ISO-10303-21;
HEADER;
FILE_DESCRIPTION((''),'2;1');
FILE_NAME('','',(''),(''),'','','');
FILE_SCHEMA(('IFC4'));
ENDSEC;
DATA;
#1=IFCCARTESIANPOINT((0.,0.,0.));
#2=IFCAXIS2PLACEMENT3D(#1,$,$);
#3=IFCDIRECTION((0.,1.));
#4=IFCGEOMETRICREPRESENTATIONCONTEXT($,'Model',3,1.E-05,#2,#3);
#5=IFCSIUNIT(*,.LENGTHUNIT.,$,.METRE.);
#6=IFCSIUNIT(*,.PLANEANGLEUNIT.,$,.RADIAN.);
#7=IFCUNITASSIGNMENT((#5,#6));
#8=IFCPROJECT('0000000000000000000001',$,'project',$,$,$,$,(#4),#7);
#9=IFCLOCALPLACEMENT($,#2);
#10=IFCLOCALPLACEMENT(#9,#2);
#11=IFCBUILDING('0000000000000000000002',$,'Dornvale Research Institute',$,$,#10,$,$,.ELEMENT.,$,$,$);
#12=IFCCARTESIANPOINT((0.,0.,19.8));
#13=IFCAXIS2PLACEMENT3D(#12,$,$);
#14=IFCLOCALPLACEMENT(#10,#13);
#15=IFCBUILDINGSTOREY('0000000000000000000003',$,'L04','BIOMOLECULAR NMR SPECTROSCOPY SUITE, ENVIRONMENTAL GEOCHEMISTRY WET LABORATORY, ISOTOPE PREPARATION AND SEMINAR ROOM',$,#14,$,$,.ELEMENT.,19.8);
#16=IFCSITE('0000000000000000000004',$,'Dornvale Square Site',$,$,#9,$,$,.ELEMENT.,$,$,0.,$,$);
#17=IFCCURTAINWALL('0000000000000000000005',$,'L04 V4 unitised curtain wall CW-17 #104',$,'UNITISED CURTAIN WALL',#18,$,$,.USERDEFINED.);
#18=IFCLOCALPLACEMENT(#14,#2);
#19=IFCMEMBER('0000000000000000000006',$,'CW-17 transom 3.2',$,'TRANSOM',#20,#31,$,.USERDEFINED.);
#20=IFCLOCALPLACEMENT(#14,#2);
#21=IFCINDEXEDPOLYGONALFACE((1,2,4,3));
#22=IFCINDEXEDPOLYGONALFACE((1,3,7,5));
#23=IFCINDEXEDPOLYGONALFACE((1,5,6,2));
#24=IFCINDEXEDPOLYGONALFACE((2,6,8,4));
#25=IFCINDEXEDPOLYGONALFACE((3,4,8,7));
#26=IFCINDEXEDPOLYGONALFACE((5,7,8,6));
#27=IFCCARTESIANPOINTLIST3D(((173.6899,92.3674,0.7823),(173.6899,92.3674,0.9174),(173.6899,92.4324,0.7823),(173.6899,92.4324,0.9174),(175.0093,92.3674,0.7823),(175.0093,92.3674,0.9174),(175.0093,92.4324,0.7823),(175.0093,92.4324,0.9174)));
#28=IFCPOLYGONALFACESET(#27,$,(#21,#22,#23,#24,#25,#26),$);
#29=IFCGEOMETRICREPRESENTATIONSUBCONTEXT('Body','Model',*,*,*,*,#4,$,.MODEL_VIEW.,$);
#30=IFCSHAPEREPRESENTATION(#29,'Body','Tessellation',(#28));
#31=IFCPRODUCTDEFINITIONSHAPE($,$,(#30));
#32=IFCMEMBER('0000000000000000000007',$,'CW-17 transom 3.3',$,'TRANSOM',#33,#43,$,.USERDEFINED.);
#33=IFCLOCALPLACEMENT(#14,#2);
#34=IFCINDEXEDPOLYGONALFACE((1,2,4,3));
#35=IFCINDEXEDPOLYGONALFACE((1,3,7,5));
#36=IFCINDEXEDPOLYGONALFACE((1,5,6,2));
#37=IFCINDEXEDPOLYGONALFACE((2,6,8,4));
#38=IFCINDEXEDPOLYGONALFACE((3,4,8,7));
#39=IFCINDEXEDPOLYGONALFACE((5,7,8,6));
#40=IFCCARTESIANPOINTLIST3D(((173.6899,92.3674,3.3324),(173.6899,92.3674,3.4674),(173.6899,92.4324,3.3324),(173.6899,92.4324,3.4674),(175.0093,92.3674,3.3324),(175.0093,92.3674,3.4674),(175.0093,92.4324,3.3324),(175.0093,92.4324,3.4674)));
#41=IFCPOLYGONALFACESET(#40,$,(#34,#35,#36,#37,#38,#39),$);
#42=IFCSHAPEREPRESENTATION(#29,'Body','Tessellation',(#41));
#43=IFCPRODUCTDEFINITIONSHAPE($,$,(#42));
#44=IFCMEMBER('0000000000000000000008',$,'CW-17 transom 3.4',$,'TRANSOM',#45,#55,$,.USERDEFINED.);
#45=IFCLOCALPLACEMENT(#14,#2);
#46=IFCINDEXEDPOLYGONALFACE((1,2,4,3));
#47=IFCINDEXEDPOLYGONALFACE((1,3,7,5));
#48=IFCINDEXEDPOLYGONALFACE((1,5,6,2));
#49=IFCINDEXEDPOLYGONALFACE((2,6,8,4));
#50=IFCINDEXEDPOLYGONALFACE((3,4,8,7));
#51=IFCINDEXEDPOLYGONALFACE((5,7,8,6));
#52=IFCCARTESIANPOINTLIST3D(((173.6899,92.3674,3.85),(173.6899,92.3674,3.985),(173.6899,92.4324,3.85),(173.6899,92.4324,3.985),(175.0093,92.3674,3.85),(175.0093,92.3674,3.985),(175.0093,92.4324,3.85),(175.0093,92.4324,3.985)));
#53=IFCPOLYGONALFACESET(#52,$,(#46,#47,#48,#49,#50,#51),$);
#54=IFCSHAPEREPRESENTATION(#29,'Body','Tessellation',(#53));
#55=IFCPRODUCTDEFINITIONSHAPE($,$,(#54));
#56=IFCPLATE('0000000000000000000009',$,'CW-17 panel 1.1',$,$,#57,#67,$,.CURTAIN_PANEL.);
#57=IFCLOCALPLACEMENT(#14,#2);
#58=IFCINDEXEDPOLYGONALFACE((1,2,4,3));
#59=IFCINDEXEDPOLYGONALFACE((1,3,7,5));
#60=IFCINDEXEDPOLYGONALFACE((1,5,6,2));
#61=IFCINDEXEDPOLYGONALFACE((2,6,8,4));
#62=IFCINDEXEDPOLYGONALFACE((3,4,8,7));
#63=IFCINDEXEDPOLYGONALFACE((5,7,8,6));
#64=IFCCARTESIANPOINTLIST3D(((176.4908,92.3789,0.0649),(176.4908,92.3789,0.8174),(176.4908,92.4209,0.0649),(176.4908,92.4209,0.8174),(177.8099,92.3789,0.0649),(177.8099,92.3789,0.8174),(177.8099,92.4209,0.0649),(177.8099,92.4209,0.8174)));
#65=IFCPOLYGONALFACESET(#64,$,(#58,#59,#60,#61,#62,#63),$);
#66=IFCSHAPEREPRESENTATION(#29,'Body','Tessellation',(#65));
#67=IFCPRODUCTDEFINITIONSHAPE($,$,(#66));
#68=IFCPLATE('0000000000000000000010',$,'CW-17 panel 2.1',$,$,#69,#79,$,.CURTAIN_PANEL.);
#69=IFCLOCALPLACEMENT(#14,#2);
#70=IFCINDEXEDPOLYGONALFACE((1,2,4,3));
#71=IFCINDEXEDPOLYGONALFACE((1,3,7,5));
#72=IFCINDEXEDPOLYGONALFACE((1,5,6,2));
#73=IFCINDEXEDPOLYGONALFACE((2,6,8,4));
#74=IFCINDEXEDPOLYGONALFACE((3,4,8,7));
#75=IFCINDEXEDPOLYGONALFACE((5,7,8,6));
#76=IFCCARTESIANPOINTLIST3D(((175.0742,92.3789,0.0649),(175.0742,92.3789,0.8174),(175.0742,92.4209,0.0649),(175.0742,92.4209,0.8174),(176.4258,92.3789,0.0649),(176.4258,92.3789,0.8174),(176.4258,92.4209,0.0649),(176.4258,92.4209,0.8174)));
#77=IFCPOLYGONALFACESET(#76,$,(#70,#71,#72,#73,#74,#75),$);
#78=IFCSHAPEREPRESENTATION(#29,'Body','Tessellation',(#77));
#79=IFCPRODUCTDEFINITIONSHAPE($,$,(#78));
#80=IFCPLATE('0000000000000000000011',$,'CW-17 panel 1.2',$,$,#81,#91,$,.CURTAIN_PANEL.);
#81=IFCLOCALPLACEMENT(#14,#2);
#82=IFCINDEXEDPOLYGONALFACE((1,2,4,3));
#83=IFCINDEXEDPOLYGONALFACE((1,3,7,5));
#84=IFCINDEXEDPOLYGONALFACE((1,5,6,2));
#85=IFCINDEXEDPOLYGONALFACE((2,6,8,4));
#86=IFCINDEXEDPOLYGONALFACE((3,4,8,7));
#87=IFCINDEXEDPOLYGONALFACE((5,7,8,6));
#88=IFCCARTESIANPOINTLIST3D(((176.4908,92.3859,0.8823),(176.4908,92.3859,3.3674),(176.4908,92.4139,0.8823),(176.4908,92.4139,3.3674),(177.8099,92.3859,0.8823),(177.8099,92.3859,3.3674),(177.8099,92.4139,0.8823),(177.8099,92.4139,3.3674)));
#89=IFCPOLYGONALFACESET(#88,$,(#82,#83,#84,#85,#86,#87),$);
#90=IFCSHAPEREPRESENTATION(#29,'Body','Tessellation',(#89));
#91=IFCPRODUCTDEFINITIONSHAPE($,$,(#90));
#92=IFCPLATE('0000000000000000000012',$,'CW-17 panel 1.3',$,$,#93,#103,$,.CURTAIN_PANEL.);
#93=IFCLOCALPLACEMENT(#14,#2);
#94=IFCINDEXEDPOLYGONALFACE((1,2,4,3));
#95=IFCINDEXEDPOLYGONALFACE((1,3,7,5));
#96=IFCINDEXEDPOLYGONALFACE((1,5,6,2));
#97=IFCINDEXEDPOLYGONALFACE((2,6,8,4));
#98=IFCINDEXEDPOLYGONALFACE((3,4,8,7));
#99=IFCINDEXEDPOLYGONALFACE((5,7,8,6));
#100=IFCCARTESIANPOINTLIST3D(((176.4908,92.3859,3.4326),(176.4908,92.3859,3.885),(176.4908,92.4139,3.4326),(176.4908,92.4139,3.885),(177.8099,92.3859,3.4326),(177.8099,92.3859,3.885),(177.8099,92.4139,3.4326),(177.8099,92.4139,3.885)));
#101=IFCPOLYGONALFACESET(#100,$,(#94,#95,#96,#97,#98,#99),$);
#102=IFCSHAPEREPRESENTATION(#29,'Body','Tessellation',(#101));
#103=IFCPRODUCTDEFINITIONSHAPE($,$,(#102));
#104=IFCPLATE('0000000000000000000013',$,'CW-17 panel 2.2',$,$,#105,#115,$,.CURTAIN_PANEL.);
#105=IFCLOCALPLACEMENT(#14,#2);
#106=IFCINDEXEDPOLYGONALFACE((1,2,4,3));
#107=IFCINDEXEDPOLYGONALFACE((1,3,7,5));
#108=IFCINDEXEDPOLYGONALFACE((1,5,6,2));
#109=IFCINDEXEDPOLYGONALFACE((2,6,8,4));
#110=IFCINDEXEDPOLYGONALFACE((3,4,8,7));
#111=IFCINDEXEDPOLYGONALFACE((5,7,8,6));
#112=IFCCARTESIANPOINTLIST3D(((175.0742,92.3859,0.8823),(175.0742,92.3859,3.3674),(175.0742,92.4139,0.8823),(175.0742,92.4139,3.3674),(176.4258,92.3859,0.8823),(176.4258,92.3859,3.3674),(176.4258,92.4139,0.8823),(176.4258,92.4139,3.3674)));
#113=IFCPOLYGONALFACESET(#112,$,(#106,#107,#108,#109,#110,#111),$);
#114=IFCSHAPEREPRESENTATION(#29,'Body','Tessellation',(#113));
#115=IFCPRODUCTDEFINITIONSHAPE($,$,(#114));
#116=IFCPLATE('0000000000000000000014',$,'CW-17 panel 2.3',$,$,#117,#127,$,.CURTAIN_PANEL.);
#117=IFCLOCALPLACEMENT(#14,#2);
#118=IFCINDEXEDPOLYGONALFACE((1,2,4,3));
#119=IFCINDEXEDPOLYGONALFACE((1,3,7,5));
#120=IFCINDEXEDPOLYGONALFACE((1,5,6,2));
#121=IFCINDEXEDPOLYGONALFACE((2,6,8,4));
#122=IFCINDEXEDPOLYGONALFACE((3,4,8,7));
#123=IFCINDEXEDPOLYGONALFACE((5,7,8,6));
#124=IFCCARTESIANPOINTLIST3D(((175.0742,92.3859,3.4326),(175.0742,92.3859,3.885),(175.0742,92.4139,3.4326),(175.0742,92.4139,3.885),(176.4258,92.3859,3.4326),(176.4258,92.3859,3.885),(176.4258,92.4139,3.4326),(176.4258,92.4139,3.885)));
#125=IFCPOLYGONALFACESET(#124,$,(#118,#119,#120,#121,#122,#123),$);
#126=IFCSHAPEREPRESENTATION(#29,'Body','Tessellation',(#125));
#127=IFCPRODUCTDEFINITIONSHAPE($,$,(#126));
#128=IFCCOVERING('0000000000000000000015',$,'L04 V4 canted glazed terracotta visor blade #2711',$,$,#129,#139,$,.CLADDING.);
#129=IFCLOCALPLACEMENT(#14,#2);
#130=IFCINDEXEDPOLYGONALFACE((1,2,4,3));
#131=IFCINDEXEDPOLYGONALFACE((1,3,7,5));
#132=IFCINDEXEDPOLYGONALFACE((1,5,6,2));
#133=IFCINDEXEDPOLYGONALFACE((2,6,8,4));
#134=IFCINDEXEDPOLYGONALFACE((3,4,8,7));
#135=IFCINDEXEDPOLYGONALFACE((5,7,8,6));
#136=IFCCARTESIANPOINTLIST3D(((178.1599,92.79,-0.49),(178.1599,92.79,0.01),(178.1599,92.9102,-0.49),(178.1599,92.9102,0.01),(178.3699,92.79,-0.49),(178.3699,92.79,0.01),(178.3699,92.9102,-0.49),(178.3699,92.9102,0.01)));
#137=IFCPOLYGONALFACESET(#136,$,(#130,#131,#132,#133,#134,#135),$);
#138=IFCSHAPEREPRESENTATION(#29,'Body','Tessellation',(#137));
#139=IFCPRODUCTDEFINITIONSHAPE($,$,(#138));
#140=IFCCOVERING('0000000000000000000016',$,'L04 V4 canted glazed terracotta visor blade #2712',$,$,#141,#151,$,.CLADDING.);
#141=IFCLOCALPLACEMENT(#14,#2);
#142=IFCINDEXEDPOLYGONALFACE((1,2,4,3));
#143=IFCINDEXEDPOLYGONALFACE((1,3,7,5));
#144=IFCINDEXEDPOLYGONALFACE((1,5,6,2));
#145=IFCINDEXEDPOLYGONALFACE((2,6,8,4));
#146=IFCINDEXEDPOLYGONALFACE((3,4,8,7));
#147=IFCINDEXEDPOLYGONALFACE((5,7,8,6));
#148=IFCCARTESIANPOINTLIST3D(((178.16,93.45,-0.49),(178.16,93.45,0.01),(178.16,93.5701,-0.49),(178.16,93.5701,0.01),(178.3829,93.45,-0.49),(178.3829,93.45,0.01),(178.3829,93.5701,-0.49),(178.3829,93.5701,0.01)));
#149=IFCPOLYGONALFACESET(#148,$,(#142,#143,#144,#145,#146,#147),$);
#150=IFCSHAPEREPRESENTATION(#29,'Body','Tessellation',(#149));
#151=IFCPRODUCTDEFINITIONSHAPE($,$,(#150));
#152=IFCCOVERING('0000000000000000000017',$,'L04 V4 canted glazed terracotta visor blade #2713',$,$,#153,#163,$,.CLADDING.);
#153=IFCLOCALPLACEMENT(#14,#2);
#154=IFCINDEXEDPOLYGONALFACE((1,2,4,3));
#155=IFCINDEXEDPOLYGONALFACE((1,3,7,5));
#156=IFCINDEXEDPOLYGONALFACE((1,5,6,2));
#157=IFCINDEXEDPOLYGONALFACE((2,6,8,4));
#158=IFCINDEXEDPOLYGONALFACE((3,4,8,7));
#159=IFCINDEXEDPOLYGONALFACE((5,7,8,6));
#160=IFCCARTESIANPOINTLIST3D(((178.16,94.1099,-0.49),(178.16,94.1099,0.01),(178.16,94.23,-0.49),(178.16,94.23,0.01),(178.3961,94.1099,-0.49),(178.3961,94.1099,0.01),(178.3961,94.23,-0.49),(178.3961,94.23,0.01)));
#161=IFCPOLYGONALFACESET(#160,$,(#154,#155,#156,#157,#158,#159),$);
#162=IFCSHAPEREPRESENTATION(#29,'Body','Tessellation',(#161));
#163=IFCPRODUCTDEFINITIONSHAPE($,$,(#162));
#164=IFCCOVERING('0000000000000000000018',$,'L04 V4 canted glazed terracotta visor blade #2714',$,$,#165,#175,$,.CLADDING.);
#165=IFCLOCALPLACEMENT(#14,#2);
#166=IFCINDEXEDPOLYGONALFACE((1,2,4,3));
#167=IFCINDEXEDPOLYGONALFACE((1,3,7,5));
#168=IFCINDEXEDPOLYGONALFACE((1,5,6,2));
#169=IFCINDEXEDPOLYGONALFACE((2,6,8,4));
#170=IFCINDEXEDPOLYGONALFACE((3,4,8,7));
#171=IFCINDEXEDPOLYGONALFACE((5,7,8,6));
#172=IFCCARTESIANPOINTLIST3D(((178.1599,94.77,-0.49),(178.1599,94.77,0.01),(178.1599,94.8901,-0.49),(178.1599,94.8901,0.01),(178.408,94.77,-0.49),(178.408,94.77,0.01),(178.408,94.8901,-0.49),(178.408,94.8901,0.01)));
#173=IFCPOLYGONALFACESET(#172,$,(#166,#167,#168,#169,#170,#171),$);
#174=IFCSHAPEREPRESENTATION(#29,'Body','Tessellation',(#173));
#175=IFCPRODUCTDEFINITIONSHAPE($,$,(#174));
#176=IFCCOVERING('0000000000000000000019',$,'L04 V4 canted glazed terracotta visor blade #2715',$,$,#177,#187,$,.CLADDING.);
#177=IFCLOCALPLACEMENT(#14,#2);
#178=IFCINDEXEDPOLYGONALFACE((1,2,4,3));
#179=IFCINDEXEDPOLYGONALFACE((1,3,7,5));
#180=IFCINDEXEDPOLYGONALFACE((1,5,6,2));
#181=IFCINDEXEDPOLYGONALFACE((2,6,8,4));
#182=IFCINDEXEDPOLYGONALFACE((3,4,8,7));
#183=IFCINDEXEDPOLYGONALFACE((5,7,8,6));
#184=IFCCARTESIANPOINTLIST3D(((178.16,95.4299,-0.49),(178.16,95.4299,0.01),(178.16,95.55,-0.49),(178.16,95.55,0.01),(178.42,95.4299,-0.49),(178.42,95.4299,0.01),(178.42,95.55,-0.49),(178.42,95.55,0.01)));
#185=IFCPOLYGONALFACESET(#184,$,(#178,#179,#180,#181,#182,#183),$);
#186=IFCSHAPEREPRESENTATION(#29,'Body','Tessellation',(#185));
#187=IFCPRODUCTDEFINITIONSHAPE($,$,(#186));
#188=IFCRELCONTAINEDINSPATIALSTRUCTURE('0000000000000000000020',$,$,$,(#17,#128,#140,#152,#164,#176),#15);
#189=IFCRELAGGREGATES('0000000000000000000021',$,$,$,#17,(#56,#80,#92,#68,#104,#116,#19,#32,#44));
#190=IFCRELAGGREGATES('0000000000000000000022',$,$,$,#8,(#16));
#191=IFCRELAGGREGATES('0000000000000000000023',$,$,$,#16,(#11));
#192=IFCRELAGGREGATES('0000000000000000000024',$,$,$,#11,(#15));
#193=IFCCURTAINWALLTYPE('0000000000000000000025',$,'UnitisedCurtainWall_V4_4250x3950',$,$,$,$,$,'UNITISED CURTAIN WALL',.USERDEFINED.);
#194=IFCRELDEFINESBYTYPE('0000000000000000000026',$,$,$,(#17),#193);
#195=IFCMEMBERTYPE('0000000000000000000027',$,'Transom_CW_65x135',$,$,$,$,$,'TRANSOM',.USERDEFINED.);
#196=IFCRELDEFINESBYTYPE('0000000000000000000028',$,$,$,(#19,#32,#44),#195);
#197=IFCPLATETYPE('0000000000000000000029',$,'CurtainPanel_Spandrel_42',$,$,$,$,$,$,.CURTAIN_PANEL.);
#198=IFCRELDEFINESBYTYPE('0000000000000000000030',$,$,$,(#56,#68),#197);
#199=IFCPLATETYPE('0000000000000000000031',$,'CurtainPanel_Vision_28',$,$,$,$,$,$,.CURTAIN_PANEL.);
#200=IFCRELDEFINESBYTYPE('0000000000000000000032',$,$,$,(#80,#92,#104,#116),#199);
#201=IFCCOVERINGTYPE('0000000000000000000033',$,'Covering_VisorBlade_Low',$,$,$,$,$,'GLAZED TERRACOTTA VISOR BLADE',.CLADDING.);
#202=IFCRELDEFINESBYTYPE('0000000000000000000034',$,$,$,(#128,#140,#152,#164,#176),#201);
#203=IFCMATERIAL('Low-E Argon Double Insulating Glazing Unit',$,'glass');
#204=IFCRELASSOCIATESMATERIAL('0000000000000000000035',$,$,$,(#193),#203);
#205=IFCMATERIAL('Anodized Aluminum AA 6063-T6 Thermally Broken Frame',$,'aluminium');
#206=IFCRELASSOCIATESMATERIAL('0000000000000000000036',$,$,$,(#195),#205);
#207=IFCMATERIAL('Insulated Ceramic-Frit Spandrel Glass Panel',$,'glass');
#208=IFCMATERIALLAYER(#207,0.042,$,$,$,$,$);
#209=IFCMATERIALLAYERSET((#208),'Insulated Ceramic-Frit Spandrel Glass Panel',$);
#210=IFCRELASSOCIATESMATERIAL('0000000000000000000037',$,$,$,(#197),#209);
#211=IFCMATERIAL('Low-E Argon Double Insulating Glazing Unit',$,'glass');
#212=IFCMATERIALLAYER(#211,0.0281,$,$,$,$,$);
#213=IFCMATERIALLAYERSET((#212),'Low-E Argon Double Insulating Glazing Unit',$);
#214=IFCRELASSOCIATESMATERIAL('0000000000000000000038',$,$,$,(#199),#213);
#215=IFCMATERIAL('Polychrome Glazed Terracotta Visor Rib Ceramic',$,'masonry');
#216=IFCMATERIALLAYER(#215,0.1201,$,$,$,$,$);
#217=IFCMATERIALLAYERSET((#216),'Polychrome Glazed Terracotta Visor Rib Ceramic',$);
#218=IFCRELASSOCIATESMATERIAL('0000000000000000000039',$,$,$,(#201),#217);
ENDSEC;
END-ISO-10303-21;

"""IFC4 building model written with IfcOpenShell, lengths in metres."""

from ifc_helpers import new_model, si_unit, direction, frame, origin, origin_2d, place, context, subcontext, project, spatial, rectangle, extrude, material, layer, layer_set, material_profile, profile_set, type_object, element, aggregate, save


model = new_model("IFC4")

# Units and contexts
model_context = context("Model", 3, precision=1e-05, world=origin(), true_north=direction((0.0, 1.0)))
body_context = subcontext(model_context, "Body", "Model", "MODEL_VIEW")
ifc_project = project(units=[si_unit("LENGTHUNIT", "METRE"), si_unit("PLANEANGLEUNIT", "RADIAN")], contexts=[model_context])

# Site, building, storey
site_placement = place(None, origin())
site = spatial("IfcSite", under=ifc_project, at=site_placement, Name="Dornvale Square Site", CompositionType="ELEMENT", RefElevation=0.0)
building_placement = place(site_placement, origin())
building = spatial("IfcBuilding", under=site, at=building_placement, Name="Dornvale Research Institute", CompositionType="ELEMENT")
storey_placement = place(building_placement, frame((0.0, 0.0, 19.8)))
storey = spatial("IfcBuildingStorey", under=building, at=storey_placement, Name="L04", Description="BIOMOLECULAR NMR SPECTROSCOPY SUITE, ENVIRONMENTAL GEOCHEMISTRY WET LABORATORY, ISOTOPE PREPARATION AND SEMINAR ROOM", CompositionType="ELEMENT", Elevation=19.8)

# Curtain wall
ifc_material_1 = material(Name="Low-E Argon Double Insulating Glazing Unit", Category="glass")
curtain_wall_type = type_object("IfcCurtainWallType", Name="UnitisedCurtainWall_V4_4250x3950", ElementType="UNITISED CURTAIN WALL", PredefinedType="USERDEFINED", material=ifc_material_1)
curtain_wall_placement = place(storey_placement, origin())
curtain_wall = element("IfcCurtainWall", 1, at=curtain_wall_placement, inside=storey, type_object=curtain_wall_type, Name="L04 V4 unitised curtain wall CW-17 #104", ObjectType="UNITISED CURTAIN WALL", PredefinedType="USERDEFINED")

# Members
ifc_material_2 = material(Name="Anodized Aluminum AA 6063-T6 Thermally Broken Frame", Category="aluminium")
ifc_material_profile_1 = material_profile(ifc_material_2, rectangle(XDim=0.0649, YDim=0.135, at=origin_2d()), Name="ALU TRANSOM 65x135")
ifc_profile_set_1 = profile_set([ifc_material_profile_1], Name="Anodized Aluminum AA 6063-T6 Thermally Broken Frame")
member_type_1 = type_object("IfcMemberType", Name="Transom_CW_65x135", ElementType="TRANSOM", PredefinedType="USERDEFINED", material=ifc_profile_set_1)
member_1_placement = place(storey_placement, frame((175.0093, 92.3999, 0.8499), z_axis=(-1.0, 0.0, 0.0), x_axis=(0.0, -1.0, 0.0)))
member_1 = element("IfcMember", 2, at=member_1_placement, type_object=member_type_1, Name="CW-17 transom 3.2", ObjectType="TRANSOM", PredefinedType="USERDEFINED", context=body_context, shape_type="SweptSolid", body=[
    extrude(rectangle(XDim=0.0649, YDim=0.135, at=origin_2d()), origin(), (0.0, 0.0, 1.0), 1.3193),
])
member_2_placement = place(storey_placement, frame((175.0093, 92.3999, 3.3999), z_axis=(-1.0, 0.0, 0.0), x_axis=(0.0, -1.0, 0.0)))
member_2 = element("IfcMember", 3, at=member_2_placement, type_object=member_type_1, Name="CW-17 transom 3.3", ObjectType="TRANSOM", PredefinedType="USERDEFINED", context=body_context, shape_type="SweptSolid", body=[
    extrude(rectangle(XDim=0.0649, YDim=0.135, at=origin_2d()), origin(), (0.0, 0.0, 1.0), 1.3193),
])
member_3_placement = place(storey_placement, frame((175.0093, 92.3999, 3.9175), z_axis=(-1.0, 0.0, 0.0), x_axis=(0.0, -1.0, 0.0)))
member_3 = element("IfcMember", 4, at=member_3_placement, type_object=member_type_1, Name="CW-17 transom 3.4", ObjectType="TRANSOM", PredefinedType="USERDEFINED", context=body_context, shape_type="SweptSolid", body=[
    extrude(rectangle(XDim=0.0649, YDim=0.135, at=origin_2d()), origin(), (0.0, 0.0, 1.0), 1.3193),
])

# Plates
ifc_material_3 = material(Name="Insulated Ceramic-Frit Spandrel Glass Panel", Category="glass")
ifc_layer_1 = layer(ifc_material_3, 0.042)
ifc_layer_set_1 = layer_set([ifc_layer_1], Name="Insulated Ceramic-Frit Spandrel Glass Panel")
plate_type_1 = type_object("IfcPlateType", Name="CurtainPanel_Spandrel_42", PredefinedType="CURTAIN_PANEL", material=ifc_layer_set_1)
plate_1_placement = place(storey_placement, frame((177.1504, 92.3999, 0.0649), z_axis=(0.0, 0.0, 1.0), x_axis=(-1.0, 0.0, 0.0)))
plate_1 = element("IfcPlate", 5, at=plate_1_placement, type_object=plate_type_1, Name="CW-17 panel 1.1", PredefinedType="CURTAIN_PANEL", context=body_context, shape_type="SweptSolid", body=[
    extrude(rectangle(XDim=1.3191, YDim=0.042, at=origin_2d()), origin(), (0.0, 0.0, 1.0), 0.7524),
])
plate_2_placement = place(storey_placement, frame((175.75, 92.3999, 0.0649), z_axis=(0.0, 0.0, 1.0), x_axis=(-1.0, 0.0, 0.0)))
plate_2 = element("IfcPlate", 6, at=plate_2_placement, type_object=plate_type_1, Name="CW-17 panel 2.1", PredefinedType="CURTAIN_PANEL", context=body_context, shape_type="SweptSolid", body=[
    extrude(rectangle(XDim=1.3516, YDim=0.042, at=origin_2d()), origin(), (0.0, 0.0, 1.0), 0.7524),
])
ifc_material_4 = material(Name="Low-E Argon Double Insulating Glazing Unit", Category="glass")
ifc_layer_2 = layer(ifc_material_4, 0.0281)
ifc_layer_set_2 = layer_set([ifc_layer_2], Name="Low-E Argon Double Insulating Glazing Unit")
plate_type_2 = type_object("IfcPlateType", Name="CurtainPanel_Vision_28", PredefinedType="CURTAIN_PANEL", material=ifc_layer_set_2)
plate_3_placement = place(storey_placement, frame((177.1504, 92.3999, 0.8823), z_axis=(0.0, 0.0, 1.0), x_axis=(-1.0, 0.0, 0.0)))
plate_3 = element("IfcPlate", 7, at=plate_3_placement, type_object=plate_type_2, Name="CW-17 panel 1.2", PredefinedType="CURTAIN_PANEL", context=body_context, shape_type="SweptSolid", body=[
    extrude(rectangle(XDim=1.3191, YDim=0.0281, at=origin_2d()), origin(), (0.0, 0.0, 1.0), 2.4851),
])
plate_4_placement = place(storey_placement, frame((177.1504, 92.3999, 3.4326), z_axis=(0.0, 0.0, 1.0), x_axis=(-1.0, 0.0, 0.0)))
plate_4 = element("IfcPlate", 8, at=plate_4_placement, type_object=plate_type_2, Name="CW-17 panel 1.3", PredefinedType="CURTAIN_PANEL", context=body_context, shape_type="SweptSolid", body=[
    extrude(rectangle(XDim=1.3191, YDim=0.0281, at=origin_2d()), origin(), (0.0, 0.0, 1.0), 0.4524),
])
plate_5_placement = place(storey_placement, frame((175.75, 92.3999, 0.8823), z_axis=(0.0, 0.0, 1.0), x_axis=(-1.0, 0.0, 0.0)))
plate_5 = element("IfcPlate", 9, at=plate_5_placement, type_object=plate_type_2, Name="CW-17 panel 2.2", PredefinedType="CURTAIN_PANEL", context=body_context, shape_type="SweptSolid", body=[
    extrude(rectangle(XDim=1.3516, YDim=0.0281, at=origin_2d()), origin(), (0.0, 0.0, 1.0), 2.4851),
])
plate_6_placement = place(storey_placement, frame((175.75, 92.3999, 3.4326), z_axis=(0.0, 0.0, 1.0), x_axis=(-1.0, 0.0, 0.0)))
plate_6 = element("IfcPlate", 10, at=plate_6_placement, type_object=plate_type_2, Name="CW-17 panel 2.3", PredefinedType="CURTAIN_PANEL", context=body_context, shape_type="SweptSolid", body=[
    extrude(rectangle(XDim=1.3516, YDim=0.0281, at=origin_2d()), origin(), (0.0, 0.0, 1.0), 0.4524),
])
aggregate(curtain_wall, [plate_1, plate_3, plate_4, plate_2, plate_5, plate_6, member_1, member_2, member_3])

# Coverings
ifc_material_5 = material(Name="Polychrome Glazed Terracotta Visor Rib Ceramic", Category="masonry")
ifc_layer_3 = layer(ifc_material_5, 0.1201)
ifc_layer_set_3 = layer_set([ifc_layer_3], Name="Polychrome Glazed Terracotta Visor Rib Ceramic")
covering_type = type_object("IfcCoveringType", Name="Covering_VisorBlade_Low", ElementType="GLAZED TERRACOTTA VISOR BLADE", PredefinedType="CLADDING", material=ifc_layer_set_3)
covering_1_placement = place(storey_placement, frame((178.2649, 92.8501, -0.49), z_axis=(0.0, 0.0, 1.0), x_axis=(1.0, 0.0, 0.0)))
element("IfcCovering", 11, at=covering_1_placement, inside=storey, type_object=covering_type, Name="L04 V4 canted glazed terracotta visor blade #2711", PredefinedType="CLADDING", context=body_context, shape_type="SweptSolid", body=[
    extrude(rectangle(XDim=0.21, YDim=0.1201, at=origin_2d()), origin(), (0.0, 0.0, 1.0), 0.5),
])
covering_2_placement = place(storey_placement, frame((178.2715, 93.51, -0.49), z_axis=(0.0, 0.0, 1.0), x_axis=(1.0, 0.0, 0.0)))
element("IfcCovering", 12, at=covering_2_placement, inside=storey, type_object=covering_type, Name="L04 V4 canted glazed terracotta visor blade #2712", PredefinedType="CLADDING", context=body_context, shape_type="SweptSolid", body=[
    extrude(rectangle(XDim=0.2229, YDim=0.1201, at=origin_2d()), origin(), (0.0, 0.0, 1.0), 0.5),
])
covering_3_placement = place(storey_placement, frame((178.2781, 94.1699, -0.49), z_axis=(0.0, 0.0, 1.0), x_axis=(1.0, 0.0, 0.0)))
element("IfcCovering", 13, at=covering_3_placement, inside=storey, type_object=covering_type, Name="L04 V4 canted glazed terracotta visor blade #2713", PredefinedType="CLADDING", context=body_context, shape_type="SweptSolid", body=[
    extrude(rectangle(XDim=0.2361, YDim=0.1201, at=origin_2d()), origin(), (0.0, 0.0, 1.0), 0.5),
])
covering_4_placement = place(storey_placement, frame((178.2839, 94.8301, -0.49), z_axis=(0.0, 0.0, 1.0), x_axis=(1.0, 0.0, 0.0)))
element("IfcCovering", 14, at=covering_4_placement, inside=storey, type_object=covering_type, Name="L04 V4 canted glazed terracotta visor blade #2714", PredefinedType="CLADDING", context=body_context, shape_type="SweptSolid", body=[
    extrude(rectangle(XDim=0.248, YDim=0.1201, at=origin_2d()), origin(), (0.0, 0.0, 1.0), 0.5),
])
covering_5_placement = place(storey_placement, frame((178.29, 95.49, -0.49), z_axis=(0.0, 0.0, 1.0), x_axis=(1.0, 0.0, 0.0)))
element("IfcCovering", 15, at=covering_5_placement, inside=storey, type_object=covering_type, Name="L04 V4 canted glazed terracotta visor blade #2715", PredefinedType="CLADDING", context=body_context, shape_type="SweptSolid", body=[
    extrude(rectangle(XDim=0.26, YDim=0.1201, at=origin_2d()), origin(), (0.0, 0.0, 1.0), 0.5),
])

save(model, "model.ifc")
